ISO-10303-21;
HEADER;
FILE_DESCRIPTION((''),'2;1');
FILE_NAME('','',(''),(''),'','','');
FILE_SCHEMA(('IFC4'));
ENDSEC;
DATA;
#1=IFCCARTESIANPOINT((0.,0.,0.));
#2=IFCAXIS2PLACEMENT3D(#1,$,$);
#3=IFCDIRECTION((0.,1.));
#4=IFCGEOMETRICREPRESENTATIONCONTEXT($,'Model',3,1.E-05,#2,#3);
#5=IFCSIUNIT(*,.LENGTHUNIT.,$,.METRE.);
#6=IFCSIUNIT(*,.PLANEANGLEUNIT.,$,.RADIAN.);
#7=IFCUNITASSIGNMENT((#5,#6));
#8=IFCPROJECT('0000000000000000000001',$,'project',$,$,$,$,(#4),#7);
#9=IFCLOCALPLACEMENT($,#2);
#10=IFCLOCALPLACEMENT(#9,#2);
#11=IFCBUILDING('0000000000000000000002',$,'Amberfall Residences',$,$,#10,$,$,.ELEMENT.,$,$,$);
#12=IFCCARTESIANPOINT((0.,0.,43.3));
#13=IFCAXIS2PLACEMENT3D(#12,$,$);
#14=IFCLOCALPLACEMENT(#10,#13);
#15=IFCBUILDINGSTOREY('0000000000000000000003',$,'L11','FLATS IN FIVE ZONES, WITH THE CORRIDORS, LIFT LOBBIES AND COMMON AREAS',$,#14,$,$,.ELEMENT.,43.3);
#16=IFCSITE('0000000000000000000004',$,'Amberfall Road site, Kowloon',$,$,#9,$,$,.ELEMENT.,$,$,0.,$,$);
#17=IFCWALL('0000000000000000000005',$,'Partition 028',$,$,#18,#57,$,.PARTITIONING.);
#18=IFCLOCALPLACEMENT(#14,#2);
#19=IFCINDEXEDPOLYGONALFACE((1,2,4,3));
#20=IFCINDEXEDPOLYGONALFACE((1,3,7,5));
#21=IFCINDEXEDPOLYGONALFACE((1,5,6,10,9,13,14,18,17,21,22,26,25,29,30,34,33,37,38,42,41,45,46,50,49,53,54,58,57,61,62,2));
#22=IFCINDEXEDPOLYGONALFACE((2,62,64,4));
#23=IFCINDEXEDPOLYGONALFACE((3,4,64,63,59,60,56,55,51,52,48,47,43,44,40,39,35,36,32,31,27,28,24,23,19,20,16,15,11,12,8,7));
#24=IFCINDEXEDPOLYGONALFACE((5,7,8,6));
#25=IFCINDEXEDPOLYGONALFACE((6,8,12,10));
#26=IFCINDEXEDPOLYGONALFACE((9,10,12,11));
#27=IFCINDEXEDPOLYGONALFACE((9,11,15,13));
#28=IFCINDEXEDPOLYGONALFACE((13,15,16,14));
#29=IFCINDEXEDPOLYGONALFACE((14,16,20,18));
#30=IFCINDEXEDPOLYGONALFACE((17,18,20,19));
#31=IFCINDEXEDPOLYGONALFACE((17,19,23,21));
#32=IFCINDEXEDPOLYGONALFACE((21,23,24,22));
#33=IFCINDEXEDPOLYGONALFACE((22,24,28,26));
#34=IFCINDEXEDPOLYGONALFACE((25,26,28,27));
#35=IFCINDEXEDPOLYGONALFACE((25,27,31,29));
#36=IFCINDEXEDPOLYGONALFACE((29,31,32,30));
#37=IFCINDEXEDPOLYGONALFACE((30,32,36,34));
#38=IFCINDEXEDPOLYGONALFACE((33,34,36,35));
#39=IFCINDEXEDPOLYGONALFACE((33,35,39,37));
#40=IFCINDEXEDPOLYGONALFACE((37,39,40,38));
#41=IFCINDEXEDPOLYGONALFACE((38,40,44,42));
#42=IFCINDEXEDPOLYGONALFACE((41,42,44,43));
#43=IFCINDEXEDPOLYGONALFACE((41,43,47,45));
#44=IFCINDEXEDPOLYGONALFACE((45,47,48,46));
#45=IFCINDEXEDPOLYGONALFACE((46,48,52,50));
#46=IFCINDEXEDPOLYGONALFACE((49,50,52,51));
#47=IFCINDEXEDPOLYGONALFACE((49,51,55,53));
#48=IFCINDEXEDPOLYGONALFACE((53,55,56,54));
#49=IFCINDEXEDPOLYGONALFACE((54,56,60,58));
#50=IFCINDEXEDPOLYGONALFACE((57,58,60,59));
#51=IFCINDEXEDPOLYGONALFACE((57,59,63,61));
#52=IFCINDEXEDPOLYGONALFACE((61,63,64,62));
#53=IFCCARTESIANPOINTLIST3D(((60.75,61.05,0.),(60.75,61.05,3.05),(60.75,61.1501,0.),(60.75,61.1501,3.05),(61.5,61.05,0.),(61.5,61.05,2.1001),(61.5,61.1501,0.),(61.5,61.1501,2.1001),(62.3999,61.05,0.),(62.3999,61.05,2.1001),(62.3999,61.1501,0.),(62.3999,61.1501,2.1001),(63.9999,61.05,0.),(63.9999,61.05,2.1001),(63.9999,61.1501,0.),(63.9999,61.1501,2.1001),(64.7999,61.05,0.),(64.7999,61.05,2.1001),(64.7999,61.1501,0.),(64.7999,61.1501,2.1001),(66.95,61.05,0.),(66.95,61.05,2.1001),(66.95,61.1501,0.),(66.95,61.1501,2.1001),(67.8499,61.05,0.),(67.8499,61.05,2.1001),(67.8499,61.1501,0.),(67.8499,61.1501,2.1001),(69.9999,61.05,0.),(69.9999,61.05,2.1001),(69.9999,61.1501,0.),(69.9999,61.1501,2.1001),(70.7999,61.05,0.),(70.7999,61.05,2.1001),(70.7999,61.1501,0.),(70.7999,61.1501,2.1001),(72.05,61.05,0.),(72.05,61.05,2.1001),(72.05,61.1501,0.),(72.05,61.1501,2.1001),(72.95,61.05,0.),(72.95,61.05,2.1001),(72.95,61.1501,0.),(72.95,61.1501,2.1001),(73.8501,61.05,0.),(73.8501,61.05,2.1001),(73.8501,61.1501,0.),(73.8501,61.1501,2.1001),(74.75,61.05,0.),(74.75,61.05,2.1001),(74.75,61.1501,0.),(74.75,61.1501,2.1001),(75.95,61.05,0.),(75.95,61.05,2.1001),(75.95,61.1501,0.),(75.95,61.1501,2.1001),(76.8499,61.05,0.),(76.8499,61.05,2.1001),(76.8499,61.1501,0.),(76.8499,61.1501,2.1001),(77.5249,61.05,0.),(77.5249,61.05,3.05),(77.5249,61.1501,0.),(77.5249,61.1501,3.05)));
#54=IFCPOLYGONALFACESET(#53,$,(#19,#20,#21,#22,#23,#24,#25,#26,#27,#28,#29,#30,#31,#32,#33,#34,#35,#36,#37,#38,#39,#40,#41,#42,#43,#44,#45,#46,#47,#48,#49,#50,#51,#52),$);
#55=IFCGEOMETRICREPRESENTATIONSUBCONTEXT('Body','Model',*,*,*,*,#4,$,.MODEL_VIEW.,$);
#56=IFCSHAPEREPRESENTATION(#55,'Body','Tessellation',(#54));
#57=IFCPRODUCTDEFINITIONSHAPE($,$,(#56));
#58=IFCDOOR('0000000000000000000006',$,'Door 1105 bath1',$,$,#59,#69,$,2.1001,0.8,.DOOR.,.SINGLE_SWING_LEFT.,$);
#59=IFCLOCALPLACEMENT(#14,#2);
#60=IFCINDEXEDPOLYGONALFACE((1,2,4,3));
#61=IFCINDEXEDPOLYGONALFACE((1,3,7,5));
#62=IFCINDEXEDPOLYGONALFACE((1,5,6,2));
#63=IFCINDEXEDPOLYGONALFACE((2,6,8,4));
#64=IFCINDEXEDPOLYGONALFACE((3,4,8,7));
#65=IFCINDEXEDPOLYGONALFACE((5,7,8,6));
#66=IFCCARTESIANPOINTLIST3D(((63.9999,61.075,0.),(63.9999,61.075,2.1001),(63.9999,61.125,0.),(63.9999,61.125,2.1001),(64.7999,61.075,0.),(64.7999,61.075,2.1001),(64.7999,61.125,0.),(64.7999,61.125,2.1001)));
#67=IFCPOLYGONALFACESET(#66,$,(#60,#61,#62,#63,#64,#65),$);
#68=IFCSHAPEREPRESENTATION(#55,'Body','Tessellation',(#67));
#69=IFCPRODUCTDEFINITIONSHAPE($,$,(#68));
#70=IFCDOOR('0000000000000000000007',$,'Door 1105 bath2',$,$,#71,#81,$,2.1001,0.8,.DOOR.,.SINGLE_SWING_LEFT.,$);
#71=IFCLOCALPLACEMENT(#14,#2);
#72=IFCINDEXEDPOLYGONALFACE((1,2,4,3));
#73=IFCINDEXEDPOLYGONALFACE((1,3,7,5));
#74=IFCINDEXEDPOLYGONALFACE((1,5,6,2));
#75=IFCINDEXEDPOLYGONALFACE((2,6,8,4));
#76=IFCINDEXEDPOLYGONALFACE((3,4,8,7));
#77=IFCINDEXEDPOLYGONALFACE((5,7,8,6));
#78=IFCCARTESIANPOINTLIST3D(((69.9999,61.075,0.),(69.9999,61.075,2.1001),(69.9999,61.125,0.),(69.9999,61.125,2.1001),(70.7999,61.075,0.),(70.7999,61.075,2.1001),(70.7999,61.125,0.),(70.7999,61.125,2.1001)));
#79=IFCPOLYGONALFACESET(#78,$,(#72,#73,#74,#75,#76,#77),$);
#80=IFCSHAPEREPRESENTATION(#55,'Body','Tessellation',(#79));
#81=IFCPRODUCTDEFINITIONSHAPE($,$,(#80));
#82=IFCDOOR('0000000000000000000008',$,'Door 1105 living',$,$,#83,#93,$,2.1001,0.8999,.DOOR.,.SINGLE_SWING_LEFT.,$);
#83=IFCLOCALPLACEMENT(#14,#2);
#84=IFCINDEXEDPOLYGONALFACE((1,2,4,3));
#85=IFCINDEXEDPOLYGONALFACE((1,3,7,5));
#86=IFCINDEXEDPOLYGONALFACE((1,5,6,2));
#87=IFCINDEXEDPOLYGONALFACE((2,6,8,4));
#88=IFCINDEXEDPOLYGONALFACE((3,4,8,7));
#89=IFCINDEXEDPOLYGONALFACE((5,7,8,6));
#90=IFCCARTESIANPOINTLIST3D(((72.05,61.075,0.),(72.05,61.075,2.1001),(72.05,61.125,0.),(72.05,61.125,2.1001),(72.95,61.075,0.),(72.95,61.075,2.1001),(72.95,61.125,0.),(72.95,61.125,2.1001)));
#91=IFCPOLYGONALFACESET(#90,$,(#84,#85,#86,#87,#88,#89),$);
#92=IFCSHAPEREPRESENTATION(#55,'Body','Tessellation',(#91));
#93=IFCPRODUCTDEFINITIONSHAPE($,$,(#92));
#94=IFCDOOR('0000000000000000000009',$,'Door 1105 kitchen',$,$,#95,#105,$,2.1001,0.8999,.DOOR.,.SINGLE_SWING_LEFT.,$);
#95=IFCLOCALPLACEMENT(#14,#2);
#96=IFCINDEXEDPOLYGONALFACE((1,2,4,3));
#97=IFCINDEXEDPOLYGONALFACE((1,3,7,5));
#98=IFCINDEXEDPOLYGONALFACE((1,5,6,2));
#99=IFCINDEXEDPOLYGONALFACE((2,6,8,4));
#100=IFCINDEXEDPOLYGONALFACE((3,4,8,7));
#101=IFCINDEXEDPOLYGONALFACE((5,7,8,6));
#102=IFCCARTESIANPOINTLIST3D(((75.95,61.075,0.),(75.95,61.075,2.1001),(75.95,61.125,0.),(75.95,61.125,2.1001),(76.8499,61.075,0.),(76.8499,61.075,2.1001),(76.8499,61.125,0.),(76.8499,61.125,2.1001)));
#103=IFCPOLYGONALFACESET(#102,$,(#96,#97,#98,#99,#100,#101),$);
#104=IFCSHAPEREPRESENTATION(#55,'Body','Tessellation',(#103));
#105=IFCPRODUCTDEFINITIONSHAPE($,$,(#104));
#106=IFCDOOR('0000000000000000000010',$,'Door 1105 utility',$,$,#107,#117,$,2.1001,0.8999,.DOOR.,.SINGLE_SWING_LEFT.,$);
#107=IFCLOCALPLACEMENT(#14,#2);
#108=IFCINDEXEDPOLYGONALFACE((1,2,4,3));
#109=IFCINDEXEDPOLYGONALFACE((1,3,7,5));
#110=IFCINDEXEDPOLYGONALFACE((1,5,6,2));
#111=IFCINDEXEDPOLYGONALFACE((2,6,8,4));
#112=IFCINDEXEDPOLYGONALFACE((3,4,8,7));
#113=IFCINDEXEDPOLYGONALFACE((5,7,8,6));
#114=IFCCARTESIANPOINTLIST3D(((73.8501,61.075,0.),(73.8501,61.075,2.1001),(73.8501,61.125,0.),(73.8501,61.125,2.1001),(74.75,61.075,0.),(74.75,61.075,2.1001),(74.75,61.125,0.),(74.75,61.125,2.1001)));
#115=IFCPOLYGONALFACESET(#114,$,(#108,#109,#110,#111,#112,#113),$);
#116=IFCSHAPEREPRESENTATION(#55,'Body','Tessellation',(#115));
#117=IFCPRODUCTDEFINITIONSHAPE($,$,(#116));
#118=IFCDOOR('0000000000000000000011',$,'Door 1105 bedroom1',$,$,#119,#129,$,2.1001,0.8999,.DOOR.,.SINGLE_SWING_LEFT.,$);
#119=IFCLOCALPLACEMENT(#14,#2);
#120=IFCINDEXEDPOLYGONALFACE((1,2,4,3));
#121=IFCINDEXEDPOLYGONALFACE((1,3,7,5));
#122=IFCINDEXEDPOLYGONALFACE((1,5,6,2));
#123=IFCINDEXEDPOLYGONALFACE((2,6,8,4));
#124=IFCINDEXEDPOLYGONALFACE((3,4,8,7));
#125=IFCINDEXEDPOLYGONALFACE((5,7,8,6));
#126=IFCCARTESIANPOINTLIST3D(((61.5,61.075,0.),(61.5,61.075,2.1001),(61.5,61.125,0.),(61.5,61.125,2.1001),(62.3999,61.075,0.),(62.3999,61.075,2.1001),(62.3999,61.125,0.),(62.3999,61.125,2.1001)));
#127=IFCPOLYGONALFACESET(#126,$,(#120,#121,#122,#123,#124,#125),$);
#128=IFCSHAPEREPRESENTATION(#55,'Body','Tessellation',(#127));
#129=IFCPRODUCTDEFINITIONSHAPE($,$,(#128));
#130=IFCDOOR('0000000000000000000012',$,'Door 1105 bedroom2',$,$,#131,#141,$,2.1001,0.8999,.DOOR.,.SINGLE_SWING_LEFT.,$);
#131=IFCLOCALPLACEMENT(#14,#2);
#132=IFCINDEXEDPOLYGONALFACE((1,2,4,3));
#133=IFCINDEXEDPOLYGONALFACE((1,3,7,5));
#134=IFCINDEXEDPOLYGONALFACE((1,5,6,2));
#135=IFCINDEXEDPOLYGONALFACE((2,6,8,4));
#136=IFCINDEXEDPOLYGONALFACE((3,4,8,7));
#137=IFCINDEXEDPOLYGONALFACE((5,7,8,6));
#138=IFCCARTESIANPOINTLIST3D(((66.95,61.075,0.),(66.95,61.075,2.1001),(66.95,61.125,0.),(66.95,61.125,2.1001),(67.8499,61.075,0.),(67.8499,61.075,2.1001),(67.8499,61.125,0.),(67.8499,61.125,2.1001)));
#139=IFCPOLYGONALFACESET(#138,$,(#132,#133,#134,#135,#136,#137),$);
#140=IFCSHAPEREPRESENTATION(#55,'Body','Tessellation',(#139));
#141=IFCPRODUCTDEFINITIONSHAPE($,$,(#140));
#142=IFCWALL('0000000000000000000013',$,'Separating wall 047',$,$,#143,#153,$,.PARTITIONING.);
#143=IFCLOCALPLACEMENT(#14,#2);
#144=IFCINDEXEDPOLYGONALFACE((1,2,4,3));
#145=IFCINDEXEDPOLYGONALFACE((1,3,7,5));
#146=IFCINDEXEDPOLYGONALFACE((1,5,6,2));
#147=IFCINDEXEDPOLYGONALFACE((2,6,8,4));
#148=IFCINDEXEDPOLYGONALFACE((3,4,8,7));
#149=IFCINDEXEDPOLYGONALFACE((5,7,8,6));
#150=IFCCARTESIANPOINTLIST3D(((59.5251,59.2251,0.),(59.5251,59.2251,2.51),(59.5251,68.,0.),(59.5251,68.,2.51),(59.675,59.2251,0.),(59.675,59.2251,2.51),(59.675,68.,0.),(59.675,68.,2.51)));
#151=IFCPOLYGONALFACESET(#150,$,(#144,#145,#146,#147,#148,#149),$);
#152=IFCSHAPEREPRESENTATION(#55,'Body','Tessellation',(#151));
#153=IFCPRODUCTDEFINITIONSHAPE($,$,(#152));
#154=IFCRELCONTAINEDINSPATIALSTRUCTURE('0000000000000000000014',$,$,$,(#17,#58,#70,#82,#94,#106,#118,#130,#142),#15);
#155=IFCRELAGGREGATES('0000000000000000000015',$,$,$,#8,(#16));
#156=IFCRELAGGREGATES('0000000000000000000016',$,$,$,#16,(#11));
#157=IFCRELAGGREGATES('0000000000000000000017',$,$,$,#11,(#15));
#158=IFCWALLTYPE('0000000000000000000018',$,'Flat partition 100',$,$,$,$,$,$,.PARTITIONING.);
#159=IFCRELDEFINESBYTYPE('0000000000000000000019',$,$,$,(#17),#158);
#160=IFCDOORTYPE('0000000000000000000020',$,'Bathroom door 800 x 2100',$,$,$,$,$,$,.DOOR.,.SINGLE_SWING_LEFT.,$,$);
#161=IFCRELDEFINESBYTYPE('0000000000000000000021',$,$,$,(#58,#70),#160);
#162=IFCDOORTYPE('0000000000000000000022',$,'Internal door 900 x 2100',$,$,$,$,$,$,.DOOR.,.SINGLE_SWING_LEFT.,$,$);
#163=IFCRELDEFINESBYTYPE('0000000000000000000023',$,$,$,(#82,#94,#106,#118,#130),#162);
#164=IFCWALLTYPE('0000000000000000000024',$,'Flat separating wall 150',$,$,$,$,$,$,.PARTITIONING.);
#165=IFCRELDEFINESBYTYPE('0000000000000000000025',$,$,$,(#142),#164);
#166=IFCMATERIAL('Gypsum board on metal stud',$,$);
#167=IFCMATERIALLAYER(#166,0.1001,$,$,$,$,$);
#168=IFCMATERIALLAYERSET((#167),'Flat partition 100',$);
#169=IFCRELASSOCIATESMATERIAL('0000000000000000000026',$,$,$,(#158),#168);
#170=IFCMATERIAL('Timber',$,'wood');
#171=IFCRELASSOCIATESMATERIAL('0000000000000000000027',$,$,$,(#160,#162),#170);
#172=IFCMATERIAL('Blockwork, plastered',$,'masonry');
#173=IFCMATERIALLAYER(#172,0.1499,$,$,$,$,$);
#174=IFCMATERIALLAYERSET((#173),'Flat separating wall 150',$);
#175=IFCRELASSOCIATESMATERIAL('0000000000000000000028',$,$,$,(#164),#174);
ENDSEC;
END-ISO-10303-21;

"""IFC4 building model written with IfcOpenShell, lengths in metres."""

from ifc_helpers import new_model, si_unit, direction, frame, frame_2d, origin, place, context, subcontext, project, spatial, rectangle, extrude, material, layer, layer_set, type_object, element, fill, save


model = new_model("IFC4")

# Units and contexts
model_context = context("Model", 3, precision=1e-05, world=origin(), true_north=direction((0.0, 1.0)))
body_context = subcontext(model_context, "Body", "Model", "MODEL_VIEW")
ifc_project = project(units=[si_unit("LENGTHUNIT", "METRE"), si_unit("PLANEANGLEUNIT", "RADIAN")], contexts=[model_context])

# Site, building, storey
site_placement = place(None, origin())
site = spatial("IfcSite", under=ifc_project, at=site_placement, Name="Amberfall Road site, Kowloon", CompositionType="ELEMENT", RefElevation=0.0)
building_placement = place(site_placement, origin())
building = spatial("IfcBuilding", under=site, at=building_placement, Name="Amberfall Residences", CompositionType="ELEMENT")
storey_placement = place(building_placement, frame((0.0, 0.0, 43.3)))
storey = spatial("IfcBuildingStorey", under=building, at=storey_placement, Name="L11", Description="FLATS IN FIVE ZONES, WITH THE CORRIDORS, LIFT LOBBIES AND COMMON AREAS", CompositionType="ELEMENT", Elevation=43.3)

# Shared definitions
ifc_material_1 = material(Name="Gypsum board on metal stud")
ifc_layer_1 = layer(ifc_material_1, 0.1001)
ifc_layer_set_1 = layer_set([ifc_layer_1], Name="Flat partition 100")
wall_type_1 = type_object("IfcWallType", Name="Flat partition 100", PredefinedType="PARTITIONING", material=ifc_layer_set_1)

# Wall, openings, doors
wall_1_placement = place(storey_placement, frame((60.75, 61.1001, 0.0), z_axis=(0.0, 0.0, 1.0), x_axis=(1.0, 0.0, 0.0)))
wall_1 = element("IfcWall", 1, at=wall_1_placement, inside=storey, type_object=wall_type_1, Name="Partition 028", PredefinedType="PARTITIONING", context=body_context, shape_type="SweptSolid", body=[
    extrude(rectangle(XDim=16.7749, YDim=0.1001, at=frame_2d((8.3875, 0.0))), origin(), (0.0, 0.0, 1.0), 3.05),
])
opening_1_placement = place(wall_1_placement, frame((11.3, 0.0, 0.0)))
opening_1 = element("IfcOpeningElement", 2, at=opening_1_placement, cuts=wall_1, PredefinedType="OPENING", context=body_context, shape_type="SweptSolid", body=[
    extrude(rectangle(XDim=0.8999, YDim=2.1001, at=frame_2d((0.45, 1.05))), frame((0.0, 0.0601, 0.0), z_axis=(0.0, -1.0, 0.0), x_axis=(1.0, 0.0, 0.0)), (0.0, 0.0, 1.0), 0.1201),
])
opening_2_placement = place(wall_1_placement, frame((15.2, 0.0, 0.0)))
opening_2 = element("IfcOpeningElement", 3, at=opening_2_placement, cuts=wall_1, PredefinedType="OPENING", context=body_context, shape_type="SweptSolid", body=[
    extrude(rectangle(XDim=0.8999, YDim=2.1001, at=frame_2d((0.45, 1.05))), frame((0.0, 0.0601, 0.0), z_axis=(0.0, -1.0, 0.0), x_axis=(1.0, 0.0, 0.0)), (0.0, 0.0, 1.0), 0.1201),
])
opening_3_placement = place(wall_1_placement, frame((13.1001, 0.0, 0.0)))
opening_3 = element("IfcOpeningElement", 4, at=opening_3_placement, cuts=wall_1, PredefinedType="OPENING", context=body_context, shape_type="SweptSolid", body=[
    extrude(rectangle(XDim=0.8999, YDim=2.1001, at=frame_2d((0.45, 1.05))), frame((0.0, 0.0601, 0.0), z_axis=(0.0, -1.0, 0.0), x_axis=(1.0, 0.0, 0.0)), (0.0, 0.0, 1.0), 0.1201),
])
opening_4_placement = place(wall_1_placement, frame((0.75, 0.0, 0.0)))
opening_4 = element("IfcOpeningElement", 5, at=opening_4_placement, cuts=wall_1, PredefinedType="OPENING", context=body_context, shape_type="SweptSolid", body=[
    extrude(rectangle(XDim=0.8999, YDim=2.1001, at=frame_2d((0.45, 1.05))), frame((0.0, 0.0601, 0.0), z_axis=(0.0, -1.0, 0.0), x_axis=(1.0, 0.0, 0.0)), (0.0, 0.0, 1.0), 0.1201),
])
opening_5_placement = place(wall_1_placement, frame((6.2, 0.0, 0.0)))
opening_5 = element("IfcOpeningElement", 6, at=opening_5_placement, cuts=wall_1, PredefinedType="OPENING", context=body_context, shape_type="SweptSolid", body=[
    extrude(rectangle(XDim=0.8999, YDim=2.1001, at=frame_2d((0.45, 1.05))), frame((0.0, 0.0601, 0.0), z_axis=(0.0, -1.0, 0.0), x_axis=(1.0, 0.0, 0.0)), (0.0, 0.0, 1.0), 0.1201),
])
opening_6_placement = place(wall_1_placement, frame((3.25, 0.0, 0.0)))
opening_6 = element("IfcOpeningElement", 7, at=opening_6_placement, cuts=wall_1, PredefinedType="OPENING", context=body_context, shape_type="SweptSolid", body=[
    extrude(rectangle(XDim=0.8, YDim=2.1001, at=frame_2d((0.3999, 1.05))), frame((0.0, 0.0601, 0.0), z_axis=(0.0, -1.0, 0.0), x_axis=(1.0, 0.0, 0.0)), (0.0, 0.0, 1.0), 0.1201),
])
opening_7_placement = place(wall_1_placement, frame((9.25, 0.0, 0.0)))
opening_7 = element("IfcOpeningElement", 8, at=opening_7_placement, cuts=wall_1, PredefinedType="OPENING", context=body_context, shape_type="SweptSolid", body=[
    extrude(rectangle(XDim=0.8, YDim=2.1001, at=frame_2d((0.3999, 1.05))), frame((0.0, 0.0601, 0.0), z_axis=(0.0, -1.0, 0.0), x_axis=(1.0, 0.0, 0.0)), (0.0, 0.0, 1.0), 0.1201),
])
ifc_material_2 = material(Name="Timber", Category="wood")
door_type_1 = type_object("IfcDoorType", Name="Bathroom door 800 x 2100", OperationType="SINGLE_SWING_LEFT", PredefinedType="DOOR", material=ifc_material_2)
door_1_placement = place(opening_6_placement, origin())
door_1 = element("IfcDoor", 9, at=door_1_placement, inside=storey, type_object=door_type_1, Name="Door 1105 bath1", OperationType="SINGLE_SWING_LEFT", OverallHeight=2.1001, OverallWidth=0.8, PredefinedType="DOOR", context=body_context, shape_type="SweptSolid", body=[
    extrude(rectangle(XDim=0.8, YDim=2.1001, at=frame_2d((0.3999, 1.05))), frame((0.0, 0.0249, 0.0), z_axis=(0.0, -1.0, 0.0), x_axis=(1.0, 0.0, 0.0)), (0.0, 0.0, 1.0), 0.05),
])
fill(opening_6, door_1)
door_2_placement = place(opening_7_placement, origin())
door_2 = element("IfcDoor", 10, at=door_2_placement, inside=storey, type_object=door_type_1, Name="Door 1105 bath2", OperationType="SINGLE_SWING_LEFT", OverallHeight=2.1001, OverallWidth=0.8, PredefinedType="DOOR", context=body_context, shape_type="SweptSolid", body=[
    extrude(rectangle(XDim=0.8, YDim=2.1001, at=frame_2d((0.3999, 1.05))), frame((0.0, 0.0249, 0.0), z_axis=(0.0, -1.0, 0.0), x_axis=(1.0, 0.0, 0.0)), (0.0, 0.0, 1.0), 0.05),
])
fill(opening_7, door_2)
door_type_2 = type_object("IfcDoorType", Name="Internal door 900 x 2100", OperationType="SINGLE_SWING_LEFT", PredefinedType="DOOR", material=ifc_material_2)
door_3_placement = place(opening_1_placement, origin())
door_3 = element("IfcDoor", 11, at=door_3_placement, inside=storey, type_object=door_type_2, Name="Door 1105 living", OperationType="SINGLE_SWING_LEFT", OverallHeight=2.1001, OverallWidth=0.8999, PredefinedType="DOOR", context=body_context, shape_type="SweptSolid", body=[
    extrude(rectangle(XDim=0.8999, YDim=2.1001, at=frame_2d((0.45, 1.05))), frame((0.0, 0.0249, 0.0), z_axis=(0.0, -1.0, 0.0), x_axis=(1.0, 0.0, 0.0)), (0.0, 0.0, 1.0), 0.05),
])
fill(opening_1, door_3)
door_4_placement = place(opening_2_placement, origin())
door_4 = element("IfcDoor", 12, at=door_4_placement, inside=storey, type_object=door_type_2, Name="Door 1105 kitchen", OperationType="SINGLE_SWING_LEFT", OverallHeight=2.1001, OverallWidth=0.8999, PredefinedType="DOOR", context=body_context, shape_type="SweptSolid", body=[
    extrude(rectangle(XDim=0.8999, YDim=2.1001, at=frame_2d((0.45, 1.05))), frame((0.0, 0.0249, 0.0), z_axis=(0.0, -1.0, 0.0), x_axis=(1.0, 0.0, 0.0)), (0.0, 0.0, 1.0), 0.05),
])
fill(opening_2, door_4)
door_5_placement = place(opening_3_placement, origin())
door_5 = element("IfcDoor", 13, at=door_5_placement, inside=storey, type_object=door_type_2, Name="Door 1105 utility", OperationType="SINGLE_SWING_LEFT", OverallHeight=2.1001, OverallWidth=0.8999, PredefinedType="DOOR", context=body_context, shape_type="SweptSolid", body=[
    extrude(rectangle(XDim=0.8999, YDim=2.1001, at=frame_2d((0.45, 1.05))), frame((0.0, 0.0249, 0.0), z_axis=(0.0, -1.0, 0.0), x_axis=(1.0, 0.0, 0.0)), (0.0, 0.0, 1.0), 0.05),
])
fill(opening_3, door_5)
door_6_placement = place(opening_4_placement, origin())
door_6 = element("IfcDoor", 14, at=door_6_placement, inside=storey, type_object=door_type_2, Name="Door 1105 bedroom1", OperationType="SINGLE_SWING_LEFT", OverallHeight=2.1001, OverallWidth=0.8999, PredefinedType="DOOR", context=body_context, shape_type="SweptSolid", body=[
    extrude(rectangle(XDim=0.8999, YDim=2.1001, at=frame_2d((0.45, 1.05))), frame((0.0, 0.0249, 0.0), z_axis=(0.0, -1.0, 0.0), x_axis=(1.0, 0.0, 0.0)), (0.0, 0.0, 1.0), 0.05),
])
fill(opening_4, door_6)
door_7_placement = place(opening_5_placement, origin())
door_7 = element("IfcDoor", 15, at=door_7_placement, inside=storey, type_object=door_type_2, Name="Door 1105 bedroom2", OperationType="SINGLE_SWING_LEFT", OverallHeight=2.1001, OverallWidth=0.8999, PredefinedType="DOOR", context=body_context, shape_type="SweptSolid", body=[
    extrude(rectangle(XDim=0.8999, YDim=2.1001, at=frame_2d((0.45, 1.05))), frame((0.0, 0.0249, 0.0), z_axis=(0.0, -1.0, 0.0), x_axis=(1.0, 0.0, 0.0)), (0.0, 0.0, 1.0), 0.05),
])
fill(opening_5, door_7)

# Wall
ifc_material_3 = material(Name="Blockwork, plastered", Category="masonry")
ifc_layer_2 = layer(ifc_material_3, 0.1499)
ifc_layer_set_2 = layer_set([ifc_layer_2], Name="Flat separating wall 150")
wall_type_2 = type_object("IfcWallType", Name="Flat separating wall 150", PredefinedType="PARTITIONING", material=ifc_layer_set_2)
wall_2_placement = place(storey_placement, frame((59.6001, 59.2251, 0.0), z_axis=(0.0, 0.0, 1.0), x_axis=(0.0, 1.0, 0.0)))
element("IfcWall", 16, at=wall_2_placement, inside=storey, type_object=wall_type_2, Name="Separating wall 047", PredefinedType="PARTITIONING", context=body_context, shape_type="SweptSolid", body=[
    extrude(rectangle(XDim=8.7749, YDim=0.1499, at=frame_2d((4.3875, 0.0))), origin(), (0.0, 0.0, 1.0), 2.51),
])

save(model, "model.ifc")
